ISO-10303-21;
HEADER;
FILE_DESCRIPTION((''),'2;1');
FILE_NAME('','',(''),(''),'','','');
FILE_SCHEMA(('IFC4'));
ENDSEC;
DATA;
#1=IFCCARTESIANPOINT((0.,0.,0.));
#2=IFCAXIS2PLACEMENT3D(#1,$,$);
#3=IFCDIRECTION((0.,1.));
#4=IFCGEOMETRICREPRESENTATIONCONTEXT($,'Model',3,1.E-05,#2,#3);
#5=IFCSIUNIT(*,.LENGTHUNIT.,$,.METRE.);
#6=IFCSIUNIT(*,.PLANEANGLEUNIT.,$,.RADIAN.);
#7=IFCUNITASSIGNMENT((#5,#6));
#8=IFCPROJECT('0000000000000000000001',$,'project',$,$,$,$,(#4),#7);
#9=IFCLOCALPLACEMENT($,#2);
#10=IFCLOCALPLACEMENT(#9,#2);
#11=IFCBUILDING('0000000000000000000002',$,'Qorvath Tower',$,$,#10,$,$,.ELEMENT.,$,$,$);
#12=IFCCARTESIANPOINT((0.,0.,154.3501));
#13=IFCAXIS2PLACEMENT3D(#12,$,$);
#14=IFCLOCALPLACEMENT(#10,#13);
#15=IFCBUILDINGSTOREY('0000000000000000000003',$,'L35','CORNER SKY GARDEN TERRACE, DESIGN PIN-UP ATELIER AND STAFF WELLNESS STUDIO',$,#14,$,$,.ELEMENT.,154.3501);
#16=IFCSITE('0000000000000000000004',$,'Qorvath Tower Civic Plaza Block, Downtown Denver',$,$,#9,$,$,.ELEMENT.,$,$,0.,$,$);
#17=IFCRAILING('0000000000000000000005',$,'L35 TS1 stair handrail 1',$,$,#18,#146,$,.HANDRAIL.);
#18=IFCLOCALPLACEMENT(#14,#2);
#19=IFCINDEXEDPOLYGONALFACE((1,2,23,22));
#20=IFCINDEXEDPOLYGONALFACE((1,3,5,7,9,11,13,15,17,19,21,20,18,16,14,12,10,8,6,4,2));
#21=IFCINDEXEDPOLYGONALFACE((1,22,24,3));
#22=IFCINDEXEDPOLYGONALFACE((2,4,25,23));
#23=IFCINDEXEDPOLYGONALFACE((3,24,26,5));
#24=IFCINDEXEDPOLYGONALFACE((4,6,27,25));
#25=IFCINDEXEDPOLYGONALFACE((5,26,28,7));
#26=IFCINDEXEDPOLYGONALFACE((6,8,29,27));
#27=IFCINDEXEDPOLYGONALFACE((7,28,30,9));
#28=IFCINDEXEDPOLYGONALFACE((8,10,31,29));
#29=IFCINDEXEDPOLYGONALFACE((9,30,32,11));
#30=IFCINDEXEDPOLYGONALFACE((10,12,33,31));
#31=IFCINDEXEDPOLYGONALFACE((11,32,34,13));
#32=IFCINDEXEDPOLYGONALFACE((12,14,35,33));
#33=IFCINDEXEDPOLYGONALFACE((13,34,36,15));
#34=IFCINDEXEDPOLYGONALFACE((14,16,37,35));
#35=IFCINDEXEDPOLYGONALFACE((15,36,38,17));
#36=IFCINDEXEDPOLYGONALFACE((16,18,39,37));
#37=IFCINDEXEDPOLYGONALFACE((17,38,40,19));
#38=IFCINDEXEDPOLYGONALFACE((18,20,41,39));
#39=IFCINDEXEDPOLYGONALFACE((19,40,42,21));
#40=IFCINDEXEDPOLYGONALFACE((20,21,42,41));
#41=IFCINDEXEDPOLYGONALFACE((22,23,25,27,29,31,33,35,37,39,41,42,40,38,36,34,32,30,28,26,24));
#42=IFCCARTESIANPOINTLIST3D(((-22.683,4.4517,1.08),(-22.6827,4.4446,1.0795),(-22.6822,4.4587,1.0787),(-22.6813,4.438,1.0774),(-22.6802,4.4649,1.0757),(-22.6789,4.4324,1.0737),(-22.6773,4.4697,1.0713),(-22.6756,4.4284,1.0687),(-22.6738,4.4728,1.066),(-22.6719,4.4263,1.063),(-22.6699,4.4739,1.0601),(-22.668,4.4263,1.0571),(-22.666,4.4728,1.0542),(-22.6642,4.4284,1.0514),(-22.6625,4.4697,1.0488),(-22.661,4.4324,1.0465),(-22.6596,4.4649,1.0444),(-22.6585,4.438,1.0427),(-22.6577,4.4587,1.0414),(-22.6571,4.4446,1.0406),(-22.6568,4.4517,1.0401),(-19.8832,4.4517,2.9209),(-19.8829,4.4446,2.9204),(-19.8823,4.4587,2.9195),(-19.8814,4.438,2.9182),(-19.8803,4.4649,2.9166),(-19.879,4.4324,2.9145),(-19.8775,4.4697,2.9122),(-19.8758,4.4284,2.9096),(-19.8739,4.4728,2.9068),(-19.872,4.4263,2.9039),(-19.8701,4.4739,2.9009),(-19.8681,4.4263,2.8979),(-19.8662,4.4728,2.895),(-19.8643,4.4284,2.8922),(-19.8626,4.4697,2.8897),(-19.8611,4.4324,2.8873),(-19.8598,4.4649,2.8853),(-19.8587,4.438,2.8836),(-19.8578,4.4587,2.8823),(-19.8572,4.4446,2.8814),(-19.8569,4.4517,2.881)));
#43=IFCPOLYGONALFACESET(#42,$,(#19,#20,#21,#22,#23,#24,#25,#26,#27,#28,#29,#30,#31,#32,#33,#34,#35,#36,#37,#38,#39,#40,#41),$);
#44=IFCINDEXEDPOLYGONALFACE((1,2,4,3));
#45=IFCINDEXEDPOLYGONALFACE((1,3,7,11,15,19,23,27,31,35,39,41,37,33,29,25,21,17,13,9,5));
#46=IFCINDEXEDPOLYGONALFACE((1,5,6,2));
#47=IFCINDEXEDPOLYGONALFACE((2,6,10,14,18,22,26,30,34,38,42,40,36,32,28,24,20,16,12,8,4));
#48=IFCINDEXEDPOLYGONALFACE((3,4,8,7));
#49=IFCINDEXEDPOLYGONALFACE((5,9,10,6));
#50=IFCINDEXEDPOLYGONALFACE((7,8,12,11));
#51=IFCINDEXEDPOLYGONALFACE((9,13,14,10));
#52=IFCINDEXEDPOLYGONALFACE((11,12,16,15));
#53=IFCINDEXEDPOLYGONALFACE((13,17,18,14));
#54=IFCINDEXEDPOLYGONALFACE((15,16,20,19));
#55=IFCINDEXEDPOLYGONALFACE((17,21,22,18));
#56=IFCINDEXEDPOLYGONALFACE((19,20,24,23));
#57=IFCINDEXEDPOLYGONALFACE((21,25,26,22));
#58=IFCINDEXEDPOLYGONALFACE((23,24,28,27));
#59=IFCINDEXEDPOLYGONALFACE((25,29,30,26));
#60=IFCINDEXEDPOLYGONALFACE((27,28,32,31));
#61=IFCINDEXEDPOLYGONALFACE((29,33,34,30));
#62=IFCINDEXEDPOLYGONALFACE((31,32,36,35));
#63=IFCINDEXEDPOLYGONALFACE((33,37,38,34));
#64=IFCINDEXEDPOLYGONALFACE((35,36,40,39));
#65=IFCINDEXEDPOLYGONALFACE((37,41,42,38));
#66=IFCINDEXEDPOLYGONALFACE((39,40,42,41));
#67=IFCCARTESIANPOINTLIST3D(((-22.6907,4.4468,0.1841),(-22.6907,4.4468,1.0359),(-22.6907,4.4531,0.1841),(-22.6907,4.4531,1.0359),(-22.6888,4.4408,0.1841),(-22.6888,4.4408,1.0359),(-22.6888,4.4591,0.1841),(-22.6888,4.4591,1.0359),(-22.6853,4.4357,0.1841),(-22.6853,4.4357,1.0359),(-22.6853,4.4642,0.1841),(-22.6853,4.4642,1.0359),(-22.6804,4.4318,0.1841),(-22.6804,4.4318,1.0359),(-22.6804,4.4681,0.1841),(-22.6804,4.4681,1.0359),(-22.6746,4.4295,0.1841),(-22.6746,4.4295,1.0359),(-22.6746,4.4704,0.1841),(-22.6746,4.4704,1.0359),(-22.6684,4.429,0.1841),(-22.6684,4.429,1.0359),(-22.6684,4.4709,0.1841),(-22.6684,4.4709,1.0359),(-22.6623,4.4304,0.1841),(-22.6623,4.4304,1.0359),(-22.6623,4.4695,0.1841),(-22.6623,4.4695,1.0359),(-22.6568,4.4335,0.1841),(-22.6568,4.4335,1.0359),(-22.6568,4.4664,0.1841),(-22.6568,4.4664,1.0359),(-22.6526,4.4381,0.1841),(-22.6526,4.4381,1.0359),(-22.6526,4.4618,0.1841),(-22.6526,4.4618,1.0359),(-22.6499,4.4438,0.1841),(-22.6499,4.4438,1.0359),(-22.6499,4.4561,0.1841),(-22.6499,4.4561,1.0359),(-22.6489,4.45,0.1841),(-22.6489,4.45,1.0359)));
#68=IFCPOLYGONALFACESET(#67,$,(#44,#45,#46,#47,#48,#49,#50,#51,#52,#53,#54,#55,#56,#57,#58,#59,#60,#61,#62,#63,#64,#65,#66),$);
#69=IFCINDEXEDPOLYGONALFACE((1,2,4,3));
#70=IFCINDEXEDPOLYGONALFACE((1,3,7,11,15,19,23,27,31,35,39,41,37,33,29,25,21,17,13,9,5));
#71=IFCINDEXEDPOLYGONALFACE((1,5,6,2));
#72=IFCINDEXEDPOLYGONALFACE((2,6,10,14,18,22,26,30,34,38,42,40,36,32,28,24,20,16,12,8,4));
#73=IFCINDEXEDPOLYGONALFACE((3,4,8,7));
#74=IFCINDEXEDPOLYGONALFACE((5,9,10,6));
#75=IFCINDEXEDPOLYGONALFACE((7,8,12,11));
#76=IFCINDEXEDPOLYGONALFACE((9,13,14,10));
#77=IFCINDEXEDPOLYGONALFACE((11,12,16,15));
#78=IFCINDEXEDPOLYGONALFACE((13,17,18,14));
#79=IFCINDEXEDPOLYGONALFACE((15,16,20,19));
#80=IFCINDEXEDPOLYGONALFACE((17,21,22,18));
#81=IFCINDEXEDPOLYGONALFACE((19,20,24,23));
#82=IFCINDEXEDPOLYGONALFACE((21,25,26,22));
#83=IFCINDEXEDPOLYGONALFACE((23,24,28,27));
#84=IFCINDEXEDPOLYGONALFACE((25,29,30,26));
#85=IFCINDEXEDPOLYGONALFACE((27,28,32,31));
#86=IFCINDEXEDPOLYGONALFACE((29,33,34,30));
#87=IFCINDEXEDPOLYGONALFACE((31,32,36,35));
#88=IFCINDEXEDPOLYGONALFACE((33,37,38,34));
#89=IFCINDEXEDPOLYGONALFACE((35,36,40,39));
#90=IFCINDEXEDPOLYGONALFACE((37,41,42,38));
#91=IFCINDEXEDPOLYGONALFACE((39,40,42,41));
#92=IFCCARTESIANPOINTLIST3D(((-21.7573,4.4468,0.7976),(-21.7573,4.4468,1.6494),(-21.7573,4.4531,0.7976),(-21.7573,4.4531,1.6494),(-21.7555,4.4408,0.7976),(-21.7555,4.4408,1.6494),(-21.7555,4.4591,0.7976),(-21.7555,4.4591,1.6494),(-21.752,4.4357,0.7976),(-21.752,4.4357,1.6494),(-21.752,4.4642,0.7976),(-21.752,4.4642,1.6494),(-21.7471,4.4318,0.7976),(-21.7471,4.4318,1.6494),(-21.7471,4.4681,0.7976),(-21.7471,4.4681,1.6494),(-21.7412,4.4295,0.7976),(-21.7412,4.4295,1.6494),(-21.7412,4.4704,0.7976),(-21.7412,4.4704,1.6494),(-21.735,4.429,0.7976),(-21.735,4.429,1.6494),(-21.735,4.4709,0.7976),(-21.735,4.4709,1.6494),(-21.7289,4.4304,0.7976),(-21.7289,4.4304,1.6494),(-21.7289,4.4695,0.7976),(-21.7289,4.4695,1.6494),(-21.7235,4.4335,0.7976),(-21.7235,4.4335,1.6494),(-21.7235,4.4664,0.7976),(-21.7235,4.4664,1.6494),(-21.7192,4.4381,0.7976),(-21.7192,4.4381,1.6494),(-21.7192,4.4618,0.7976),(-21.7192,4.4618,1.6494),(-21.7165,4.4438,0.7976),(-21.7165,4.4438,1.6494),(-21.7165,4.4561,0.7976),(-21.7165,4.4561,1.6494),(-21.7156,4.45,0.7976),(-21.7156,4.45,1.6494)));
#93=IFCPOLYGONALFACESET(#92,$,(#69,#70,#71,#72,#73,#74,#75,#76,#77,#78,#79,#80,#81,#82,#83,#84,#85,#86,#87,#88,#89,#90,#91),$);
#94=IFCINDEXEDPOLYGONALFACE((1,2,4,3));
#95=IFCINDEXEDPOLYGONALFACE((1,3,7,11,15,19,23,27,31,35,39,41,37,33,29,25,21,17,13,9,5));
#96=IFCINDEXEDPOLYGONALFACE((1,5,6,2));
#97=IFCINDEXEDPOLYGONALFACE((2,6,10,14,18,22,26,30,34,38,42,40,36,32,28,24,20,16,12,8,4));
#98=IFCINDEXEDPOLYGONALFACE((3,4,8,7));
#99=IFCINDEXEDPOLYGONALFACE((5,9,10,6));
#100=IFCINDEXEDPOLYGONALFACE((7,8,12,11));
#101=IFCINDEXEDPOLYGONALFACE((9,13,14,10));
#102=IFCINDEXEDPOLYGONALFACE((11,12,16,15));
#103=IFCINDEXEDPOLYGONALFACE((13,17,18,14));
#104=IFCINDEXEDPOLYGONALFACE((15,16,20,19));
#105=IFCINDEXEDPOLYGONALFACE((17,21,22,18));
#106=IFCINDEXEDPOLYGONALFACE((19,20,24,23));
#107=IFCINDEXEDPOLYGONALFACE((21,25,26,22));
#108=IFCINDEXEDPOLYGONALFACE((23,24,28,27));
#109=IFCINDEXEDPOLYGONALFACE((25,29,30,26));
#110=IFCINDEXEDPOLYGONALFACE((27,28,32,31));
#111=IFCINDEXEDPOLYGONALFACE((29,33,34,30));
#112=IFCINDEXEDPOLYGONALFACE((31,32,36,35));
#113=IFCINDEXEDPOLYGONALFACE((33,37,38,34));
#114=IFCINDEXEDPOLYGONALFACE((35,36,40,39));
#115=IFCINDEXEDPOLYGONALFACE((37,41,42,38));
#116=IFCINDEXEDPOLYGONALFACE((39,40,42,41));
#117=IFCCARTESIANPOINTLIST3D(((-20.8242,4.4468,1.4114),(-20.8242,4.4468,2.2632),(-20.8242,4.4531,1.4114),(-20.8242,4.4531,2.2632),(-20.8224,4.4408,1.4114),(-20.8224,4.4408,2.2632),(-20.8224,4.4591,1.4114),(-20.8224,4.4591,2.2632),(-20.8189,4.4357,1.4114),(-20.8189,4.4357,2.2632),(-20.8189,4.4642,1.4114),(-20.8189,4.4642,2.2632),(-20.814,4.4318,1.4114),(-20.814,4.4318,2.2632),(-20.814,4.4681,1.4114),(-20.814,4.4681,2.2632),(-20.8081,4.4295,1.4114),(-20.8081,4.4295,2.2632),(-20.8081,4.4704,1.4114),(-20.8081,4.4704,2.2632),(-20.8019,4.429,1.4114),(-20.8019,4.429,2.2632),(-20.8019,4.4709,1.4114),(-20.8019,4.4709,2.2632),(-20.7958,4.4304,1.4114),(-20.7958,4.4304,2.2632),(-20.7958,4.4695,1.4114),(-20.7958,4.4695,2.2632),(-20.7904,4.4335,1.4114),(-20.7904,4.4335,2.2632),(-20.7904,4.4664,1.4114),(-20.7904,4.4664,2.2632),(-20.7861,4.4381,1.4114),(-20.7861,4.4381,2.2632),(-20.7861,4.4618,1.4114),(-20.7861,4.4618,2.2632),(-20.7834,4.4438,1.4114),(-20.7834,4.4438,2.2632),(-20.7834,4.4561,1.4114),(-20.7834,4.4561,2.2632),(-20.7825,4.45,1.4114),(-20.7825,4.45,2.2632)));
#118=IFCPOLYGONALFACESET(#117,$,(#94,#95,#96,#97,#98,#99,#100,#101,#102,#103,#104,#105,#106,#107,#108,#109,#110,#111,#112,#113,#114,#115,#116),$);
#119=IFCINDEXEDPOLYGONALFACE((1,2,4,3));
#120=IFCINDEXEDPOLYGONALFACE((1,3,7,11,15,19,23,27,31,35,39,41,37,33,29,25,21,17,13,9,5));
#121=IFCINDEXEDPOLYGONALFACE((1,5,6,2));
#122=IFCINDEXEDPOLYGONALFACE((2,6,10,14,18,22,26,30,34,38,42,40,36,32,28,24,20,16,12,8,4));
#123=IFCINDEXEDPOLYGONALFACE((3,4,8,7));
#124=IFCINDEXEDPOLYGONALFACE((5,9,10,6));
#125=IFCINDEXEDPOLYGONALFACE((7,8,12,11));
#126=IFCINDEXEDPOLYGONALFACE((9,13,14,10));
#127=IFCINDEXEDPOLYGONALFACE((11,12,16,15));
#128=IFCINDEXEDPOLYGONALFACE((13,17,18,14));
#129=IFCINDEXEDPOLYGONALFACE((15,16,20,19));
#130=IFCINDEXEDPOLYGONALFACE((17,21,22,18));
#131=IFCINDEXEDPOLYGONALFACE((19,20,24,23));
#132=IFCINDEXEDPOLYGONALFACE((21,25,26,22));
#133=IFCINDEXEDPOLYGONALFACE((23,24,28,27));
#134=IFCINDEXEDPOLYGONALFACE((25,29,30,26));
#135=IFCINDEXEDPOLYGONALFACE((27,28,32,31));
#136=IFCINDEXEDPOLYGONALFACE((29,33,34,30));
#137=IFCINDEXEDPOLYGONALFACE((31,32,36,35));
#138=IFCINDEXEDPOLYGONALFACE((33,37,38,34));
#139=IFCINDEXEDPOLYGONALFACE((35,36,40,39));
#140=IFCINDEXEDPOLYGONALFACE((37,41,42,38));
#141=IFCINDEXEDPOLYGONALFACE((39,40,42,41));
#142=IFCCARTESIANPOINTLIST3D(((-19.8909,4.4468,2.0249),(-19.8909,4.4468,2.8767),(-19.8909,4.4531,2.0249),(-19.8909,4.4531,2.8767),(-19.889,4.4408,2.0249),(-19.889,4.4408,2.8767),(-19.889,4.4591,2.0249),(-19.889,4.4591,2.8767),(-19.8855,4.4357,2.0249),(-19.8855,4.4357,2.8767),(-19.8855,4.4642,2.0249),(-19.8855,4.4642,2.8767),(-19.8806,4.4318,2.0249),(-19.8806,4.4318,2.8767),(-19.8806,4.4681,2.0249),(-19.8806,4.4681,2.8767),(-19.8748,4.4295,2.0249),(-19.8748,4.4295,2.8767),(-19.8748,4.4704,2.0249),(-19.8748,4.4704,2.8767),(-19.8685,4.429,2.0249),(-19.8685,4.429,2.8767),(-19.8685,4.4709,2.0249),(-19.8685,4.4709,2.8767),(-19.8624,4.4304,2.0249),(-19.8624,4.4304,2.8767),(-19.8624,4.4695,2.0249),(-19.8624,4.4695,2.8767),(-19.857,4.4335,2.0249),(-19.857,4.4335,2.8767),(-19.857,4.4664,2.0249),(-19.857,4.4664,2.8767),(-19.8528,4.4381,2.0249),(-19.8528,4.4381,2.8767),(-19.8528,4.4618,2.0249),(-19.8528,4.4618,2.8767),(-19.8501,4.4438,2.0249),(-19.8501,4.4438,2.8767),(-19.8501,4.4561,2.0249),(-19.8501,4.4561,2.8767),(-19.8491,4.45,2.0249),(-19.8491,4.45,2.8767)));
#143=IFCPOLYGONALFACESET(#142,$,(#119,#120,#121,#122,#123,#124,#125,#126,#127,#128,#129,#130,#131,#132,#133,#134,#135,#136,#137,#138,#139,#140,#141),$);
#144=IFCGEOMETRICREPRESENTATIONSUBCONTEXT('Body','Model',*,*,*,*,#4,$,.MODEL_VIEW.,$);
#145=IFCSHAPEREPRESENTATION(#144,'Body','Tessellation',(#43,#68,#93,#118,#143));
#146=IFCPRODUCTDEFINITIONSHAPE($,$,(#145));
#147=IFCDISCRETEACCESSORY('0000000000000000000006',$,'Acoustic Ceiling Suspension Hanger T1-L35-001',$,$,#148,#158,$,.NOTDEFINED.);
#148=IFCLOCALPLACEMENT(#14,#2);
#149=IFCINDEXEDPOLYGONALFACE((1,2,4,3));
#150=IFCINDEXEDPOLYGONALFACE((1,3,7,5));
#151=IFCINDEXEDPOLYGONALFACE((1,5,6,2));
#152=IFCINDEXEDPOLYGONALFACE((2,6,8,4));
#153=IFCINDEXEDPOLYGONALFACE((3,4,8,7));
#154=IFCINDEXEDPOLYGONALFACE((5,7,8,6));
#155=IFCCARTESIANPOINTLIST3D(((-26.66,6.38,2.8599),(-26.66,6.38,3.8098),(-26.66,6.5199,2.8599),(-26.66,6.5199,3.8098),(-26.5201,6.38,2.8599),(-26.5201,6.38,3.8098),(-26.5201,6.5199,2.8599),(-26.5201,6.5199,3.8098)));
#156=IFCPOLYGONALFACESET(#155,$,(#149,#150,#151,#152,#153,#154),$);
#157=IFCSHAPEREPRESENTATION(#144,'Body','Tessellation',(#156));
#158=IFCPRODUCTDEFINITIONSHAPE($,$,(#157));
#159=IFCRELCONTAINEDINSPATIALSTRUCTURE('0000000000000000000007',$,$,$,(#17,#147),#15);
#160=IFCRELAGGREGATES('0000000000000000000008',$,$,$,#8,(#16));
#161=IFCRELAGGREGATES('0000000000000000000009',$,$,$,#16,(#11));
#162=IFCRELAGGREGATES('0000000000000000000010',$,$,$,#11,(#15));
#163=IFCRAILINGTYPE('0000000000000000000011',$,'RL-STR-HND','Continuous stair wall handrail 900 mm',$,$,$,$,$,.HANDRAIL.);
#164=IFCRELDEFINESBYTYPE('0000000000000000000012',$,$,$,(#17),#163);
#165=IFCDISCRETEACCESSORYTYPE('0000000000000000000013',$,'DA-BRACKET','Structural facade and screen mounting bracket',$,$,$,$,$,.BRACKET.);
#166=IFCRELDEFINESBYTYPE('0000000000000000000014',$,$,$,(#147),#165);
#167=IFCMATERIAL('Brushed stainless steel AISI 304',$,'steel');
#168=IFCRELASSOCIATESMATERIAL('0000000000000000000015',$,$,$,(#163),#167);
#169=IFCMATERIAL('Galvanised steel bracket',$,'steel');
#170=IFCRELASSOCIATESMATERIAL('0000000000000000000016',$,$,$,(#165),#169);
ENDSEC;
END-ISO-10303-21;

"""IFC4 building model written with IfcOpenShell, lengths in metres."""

from ifc_helpers import new_model, si_unit, direction, frame, origin, origin_2d, place, context, subcontext, project, spatial, rectangle, circle, extrude, material, type_object, element, save


model = new_model("IFC4")

# Units and contexts
model_context = context("Model", 3, precision=1e-05, world=origin(), true_north=direction((0.0, 1.0)))
body_context = subcontext(model_context, "Body", "Model", "MODEL_VIEW")
ifc_project = project(units=[si_unit("LENGTHUNIT", "METRE"), si_unit("PLANEANGLEUNIT", "RADIAN")], contexts=[model_context])

# Site, building, storey
site_placement = place(None, origin())
site = spatial("IfcSite", under=ifc_project, at=site_placement, Name="Qorvath Tower Civic Plaza Block, Downtown Denver", CompositionType="ELEMENT", RefElevation=0.0)
building_placement = place(site_placement, origin())
building = spatial("IfcBuilding", under=site, at=building_placement, Name="Qorvath Tower", CompositionType="ELEMENT")
storey_placement = place(building_placement, frame((0.0, 0.0, 154.3501)))
storey = spatial("IfcBuildingStorey", under=building, at=storey_placement, Name="L35", Description="CORNER SKY GARDEN TERRACE, DESIGN PIN-UP ATELIER AND STAFF WELLNESS STUDIO", CompositionType="ELEMENT", Elevation=154.3501)

# Railing
ifc_material_1 = material(Name="Brushed stainless steel AISI 304", Category="steel")
railing_type_1 = type_object("IfcRailingType", Name="RL-STR-HND", Description="Continuous stair wall handrail 900 mm", PredefinedType="HANDRAIL", material=ifc_material_1)
railing_1_placement = place(storey_placement, frame((-22.6699, 4.45, 0.1841)))
element("IfcRailing", 1, at=railing_1_placement, inside=storey, type_object=railing_type_1, Name="L35 TS1 stair handrail 1", PredefinedType="HANDRAIL", context=body_context, shape_type="SweptSolid", body=[
    extrude(circle(Radius=0.0239, at=origin_2d()), frame((0.0, 0.0, 0.876), z_axis=(0.835576, 0.0, 0.549376), x_axis=(0.0, 1.0, 0.0)), (0.0, 0.0, 1.0), 3.3508),
    extrude(circle(Radius=0.021, at=origin_2d()), origin(), (0.0, 0.0, 1.0), 0.8518),
    extrude(circle(Radius=0.021, at=origin_2d()), frame((0.9333, 0.0, 0.6135)), (0.0, 0.0, 1.0), 0.8518),
    extrude(circle(Radius=0.021, at=origin_2d()), frame((1.8665, 0.0, 1.2273)), (0.0, 0.0, 1.0), 0.8518),
    extrude(circle(Radius=0.021, at=origin_2d()), frame((2.7998, 0.0, 1.8408)), (0.0, 0.0, 1.0), 0.8518),
])

# Discrete accessory
ifc_material_2 = material(Name="Galvanised steel bracket", Category="steel")
discrete_accessory_type = type_object("IfcDiscreteAccessoryType", Name="DA-BRACKET", Description="Structural facade and screen mounting bracket", PredefinedType="BRACKET", material=ifc_material_2)
discrete_accessory_placement = place(storey_placement, frame((-26.5901, 6.45, 2.8599), z_axis=(0.0, 0.0, 1.0), x_axis=(1.0, 0.0, 0.0)))
element("IfcDiscreteAccessory", 2, at=discrete_accessory_placement, inside=storey, type_object=discrete_accessory_type, Name="Acoustic Ceiling Suspension Hanger T1-L35-001", PredefinedType="NOTDEFINED", context=body_context, shape_type="SweptSolid", body=[
    extrude(rectangle(XDim=0.1399, YDim=0.1399, at=origin_2d()), origin(), (0.0, 0.0, 1.0), 0.95),
])

save(model, "model.ifc")
